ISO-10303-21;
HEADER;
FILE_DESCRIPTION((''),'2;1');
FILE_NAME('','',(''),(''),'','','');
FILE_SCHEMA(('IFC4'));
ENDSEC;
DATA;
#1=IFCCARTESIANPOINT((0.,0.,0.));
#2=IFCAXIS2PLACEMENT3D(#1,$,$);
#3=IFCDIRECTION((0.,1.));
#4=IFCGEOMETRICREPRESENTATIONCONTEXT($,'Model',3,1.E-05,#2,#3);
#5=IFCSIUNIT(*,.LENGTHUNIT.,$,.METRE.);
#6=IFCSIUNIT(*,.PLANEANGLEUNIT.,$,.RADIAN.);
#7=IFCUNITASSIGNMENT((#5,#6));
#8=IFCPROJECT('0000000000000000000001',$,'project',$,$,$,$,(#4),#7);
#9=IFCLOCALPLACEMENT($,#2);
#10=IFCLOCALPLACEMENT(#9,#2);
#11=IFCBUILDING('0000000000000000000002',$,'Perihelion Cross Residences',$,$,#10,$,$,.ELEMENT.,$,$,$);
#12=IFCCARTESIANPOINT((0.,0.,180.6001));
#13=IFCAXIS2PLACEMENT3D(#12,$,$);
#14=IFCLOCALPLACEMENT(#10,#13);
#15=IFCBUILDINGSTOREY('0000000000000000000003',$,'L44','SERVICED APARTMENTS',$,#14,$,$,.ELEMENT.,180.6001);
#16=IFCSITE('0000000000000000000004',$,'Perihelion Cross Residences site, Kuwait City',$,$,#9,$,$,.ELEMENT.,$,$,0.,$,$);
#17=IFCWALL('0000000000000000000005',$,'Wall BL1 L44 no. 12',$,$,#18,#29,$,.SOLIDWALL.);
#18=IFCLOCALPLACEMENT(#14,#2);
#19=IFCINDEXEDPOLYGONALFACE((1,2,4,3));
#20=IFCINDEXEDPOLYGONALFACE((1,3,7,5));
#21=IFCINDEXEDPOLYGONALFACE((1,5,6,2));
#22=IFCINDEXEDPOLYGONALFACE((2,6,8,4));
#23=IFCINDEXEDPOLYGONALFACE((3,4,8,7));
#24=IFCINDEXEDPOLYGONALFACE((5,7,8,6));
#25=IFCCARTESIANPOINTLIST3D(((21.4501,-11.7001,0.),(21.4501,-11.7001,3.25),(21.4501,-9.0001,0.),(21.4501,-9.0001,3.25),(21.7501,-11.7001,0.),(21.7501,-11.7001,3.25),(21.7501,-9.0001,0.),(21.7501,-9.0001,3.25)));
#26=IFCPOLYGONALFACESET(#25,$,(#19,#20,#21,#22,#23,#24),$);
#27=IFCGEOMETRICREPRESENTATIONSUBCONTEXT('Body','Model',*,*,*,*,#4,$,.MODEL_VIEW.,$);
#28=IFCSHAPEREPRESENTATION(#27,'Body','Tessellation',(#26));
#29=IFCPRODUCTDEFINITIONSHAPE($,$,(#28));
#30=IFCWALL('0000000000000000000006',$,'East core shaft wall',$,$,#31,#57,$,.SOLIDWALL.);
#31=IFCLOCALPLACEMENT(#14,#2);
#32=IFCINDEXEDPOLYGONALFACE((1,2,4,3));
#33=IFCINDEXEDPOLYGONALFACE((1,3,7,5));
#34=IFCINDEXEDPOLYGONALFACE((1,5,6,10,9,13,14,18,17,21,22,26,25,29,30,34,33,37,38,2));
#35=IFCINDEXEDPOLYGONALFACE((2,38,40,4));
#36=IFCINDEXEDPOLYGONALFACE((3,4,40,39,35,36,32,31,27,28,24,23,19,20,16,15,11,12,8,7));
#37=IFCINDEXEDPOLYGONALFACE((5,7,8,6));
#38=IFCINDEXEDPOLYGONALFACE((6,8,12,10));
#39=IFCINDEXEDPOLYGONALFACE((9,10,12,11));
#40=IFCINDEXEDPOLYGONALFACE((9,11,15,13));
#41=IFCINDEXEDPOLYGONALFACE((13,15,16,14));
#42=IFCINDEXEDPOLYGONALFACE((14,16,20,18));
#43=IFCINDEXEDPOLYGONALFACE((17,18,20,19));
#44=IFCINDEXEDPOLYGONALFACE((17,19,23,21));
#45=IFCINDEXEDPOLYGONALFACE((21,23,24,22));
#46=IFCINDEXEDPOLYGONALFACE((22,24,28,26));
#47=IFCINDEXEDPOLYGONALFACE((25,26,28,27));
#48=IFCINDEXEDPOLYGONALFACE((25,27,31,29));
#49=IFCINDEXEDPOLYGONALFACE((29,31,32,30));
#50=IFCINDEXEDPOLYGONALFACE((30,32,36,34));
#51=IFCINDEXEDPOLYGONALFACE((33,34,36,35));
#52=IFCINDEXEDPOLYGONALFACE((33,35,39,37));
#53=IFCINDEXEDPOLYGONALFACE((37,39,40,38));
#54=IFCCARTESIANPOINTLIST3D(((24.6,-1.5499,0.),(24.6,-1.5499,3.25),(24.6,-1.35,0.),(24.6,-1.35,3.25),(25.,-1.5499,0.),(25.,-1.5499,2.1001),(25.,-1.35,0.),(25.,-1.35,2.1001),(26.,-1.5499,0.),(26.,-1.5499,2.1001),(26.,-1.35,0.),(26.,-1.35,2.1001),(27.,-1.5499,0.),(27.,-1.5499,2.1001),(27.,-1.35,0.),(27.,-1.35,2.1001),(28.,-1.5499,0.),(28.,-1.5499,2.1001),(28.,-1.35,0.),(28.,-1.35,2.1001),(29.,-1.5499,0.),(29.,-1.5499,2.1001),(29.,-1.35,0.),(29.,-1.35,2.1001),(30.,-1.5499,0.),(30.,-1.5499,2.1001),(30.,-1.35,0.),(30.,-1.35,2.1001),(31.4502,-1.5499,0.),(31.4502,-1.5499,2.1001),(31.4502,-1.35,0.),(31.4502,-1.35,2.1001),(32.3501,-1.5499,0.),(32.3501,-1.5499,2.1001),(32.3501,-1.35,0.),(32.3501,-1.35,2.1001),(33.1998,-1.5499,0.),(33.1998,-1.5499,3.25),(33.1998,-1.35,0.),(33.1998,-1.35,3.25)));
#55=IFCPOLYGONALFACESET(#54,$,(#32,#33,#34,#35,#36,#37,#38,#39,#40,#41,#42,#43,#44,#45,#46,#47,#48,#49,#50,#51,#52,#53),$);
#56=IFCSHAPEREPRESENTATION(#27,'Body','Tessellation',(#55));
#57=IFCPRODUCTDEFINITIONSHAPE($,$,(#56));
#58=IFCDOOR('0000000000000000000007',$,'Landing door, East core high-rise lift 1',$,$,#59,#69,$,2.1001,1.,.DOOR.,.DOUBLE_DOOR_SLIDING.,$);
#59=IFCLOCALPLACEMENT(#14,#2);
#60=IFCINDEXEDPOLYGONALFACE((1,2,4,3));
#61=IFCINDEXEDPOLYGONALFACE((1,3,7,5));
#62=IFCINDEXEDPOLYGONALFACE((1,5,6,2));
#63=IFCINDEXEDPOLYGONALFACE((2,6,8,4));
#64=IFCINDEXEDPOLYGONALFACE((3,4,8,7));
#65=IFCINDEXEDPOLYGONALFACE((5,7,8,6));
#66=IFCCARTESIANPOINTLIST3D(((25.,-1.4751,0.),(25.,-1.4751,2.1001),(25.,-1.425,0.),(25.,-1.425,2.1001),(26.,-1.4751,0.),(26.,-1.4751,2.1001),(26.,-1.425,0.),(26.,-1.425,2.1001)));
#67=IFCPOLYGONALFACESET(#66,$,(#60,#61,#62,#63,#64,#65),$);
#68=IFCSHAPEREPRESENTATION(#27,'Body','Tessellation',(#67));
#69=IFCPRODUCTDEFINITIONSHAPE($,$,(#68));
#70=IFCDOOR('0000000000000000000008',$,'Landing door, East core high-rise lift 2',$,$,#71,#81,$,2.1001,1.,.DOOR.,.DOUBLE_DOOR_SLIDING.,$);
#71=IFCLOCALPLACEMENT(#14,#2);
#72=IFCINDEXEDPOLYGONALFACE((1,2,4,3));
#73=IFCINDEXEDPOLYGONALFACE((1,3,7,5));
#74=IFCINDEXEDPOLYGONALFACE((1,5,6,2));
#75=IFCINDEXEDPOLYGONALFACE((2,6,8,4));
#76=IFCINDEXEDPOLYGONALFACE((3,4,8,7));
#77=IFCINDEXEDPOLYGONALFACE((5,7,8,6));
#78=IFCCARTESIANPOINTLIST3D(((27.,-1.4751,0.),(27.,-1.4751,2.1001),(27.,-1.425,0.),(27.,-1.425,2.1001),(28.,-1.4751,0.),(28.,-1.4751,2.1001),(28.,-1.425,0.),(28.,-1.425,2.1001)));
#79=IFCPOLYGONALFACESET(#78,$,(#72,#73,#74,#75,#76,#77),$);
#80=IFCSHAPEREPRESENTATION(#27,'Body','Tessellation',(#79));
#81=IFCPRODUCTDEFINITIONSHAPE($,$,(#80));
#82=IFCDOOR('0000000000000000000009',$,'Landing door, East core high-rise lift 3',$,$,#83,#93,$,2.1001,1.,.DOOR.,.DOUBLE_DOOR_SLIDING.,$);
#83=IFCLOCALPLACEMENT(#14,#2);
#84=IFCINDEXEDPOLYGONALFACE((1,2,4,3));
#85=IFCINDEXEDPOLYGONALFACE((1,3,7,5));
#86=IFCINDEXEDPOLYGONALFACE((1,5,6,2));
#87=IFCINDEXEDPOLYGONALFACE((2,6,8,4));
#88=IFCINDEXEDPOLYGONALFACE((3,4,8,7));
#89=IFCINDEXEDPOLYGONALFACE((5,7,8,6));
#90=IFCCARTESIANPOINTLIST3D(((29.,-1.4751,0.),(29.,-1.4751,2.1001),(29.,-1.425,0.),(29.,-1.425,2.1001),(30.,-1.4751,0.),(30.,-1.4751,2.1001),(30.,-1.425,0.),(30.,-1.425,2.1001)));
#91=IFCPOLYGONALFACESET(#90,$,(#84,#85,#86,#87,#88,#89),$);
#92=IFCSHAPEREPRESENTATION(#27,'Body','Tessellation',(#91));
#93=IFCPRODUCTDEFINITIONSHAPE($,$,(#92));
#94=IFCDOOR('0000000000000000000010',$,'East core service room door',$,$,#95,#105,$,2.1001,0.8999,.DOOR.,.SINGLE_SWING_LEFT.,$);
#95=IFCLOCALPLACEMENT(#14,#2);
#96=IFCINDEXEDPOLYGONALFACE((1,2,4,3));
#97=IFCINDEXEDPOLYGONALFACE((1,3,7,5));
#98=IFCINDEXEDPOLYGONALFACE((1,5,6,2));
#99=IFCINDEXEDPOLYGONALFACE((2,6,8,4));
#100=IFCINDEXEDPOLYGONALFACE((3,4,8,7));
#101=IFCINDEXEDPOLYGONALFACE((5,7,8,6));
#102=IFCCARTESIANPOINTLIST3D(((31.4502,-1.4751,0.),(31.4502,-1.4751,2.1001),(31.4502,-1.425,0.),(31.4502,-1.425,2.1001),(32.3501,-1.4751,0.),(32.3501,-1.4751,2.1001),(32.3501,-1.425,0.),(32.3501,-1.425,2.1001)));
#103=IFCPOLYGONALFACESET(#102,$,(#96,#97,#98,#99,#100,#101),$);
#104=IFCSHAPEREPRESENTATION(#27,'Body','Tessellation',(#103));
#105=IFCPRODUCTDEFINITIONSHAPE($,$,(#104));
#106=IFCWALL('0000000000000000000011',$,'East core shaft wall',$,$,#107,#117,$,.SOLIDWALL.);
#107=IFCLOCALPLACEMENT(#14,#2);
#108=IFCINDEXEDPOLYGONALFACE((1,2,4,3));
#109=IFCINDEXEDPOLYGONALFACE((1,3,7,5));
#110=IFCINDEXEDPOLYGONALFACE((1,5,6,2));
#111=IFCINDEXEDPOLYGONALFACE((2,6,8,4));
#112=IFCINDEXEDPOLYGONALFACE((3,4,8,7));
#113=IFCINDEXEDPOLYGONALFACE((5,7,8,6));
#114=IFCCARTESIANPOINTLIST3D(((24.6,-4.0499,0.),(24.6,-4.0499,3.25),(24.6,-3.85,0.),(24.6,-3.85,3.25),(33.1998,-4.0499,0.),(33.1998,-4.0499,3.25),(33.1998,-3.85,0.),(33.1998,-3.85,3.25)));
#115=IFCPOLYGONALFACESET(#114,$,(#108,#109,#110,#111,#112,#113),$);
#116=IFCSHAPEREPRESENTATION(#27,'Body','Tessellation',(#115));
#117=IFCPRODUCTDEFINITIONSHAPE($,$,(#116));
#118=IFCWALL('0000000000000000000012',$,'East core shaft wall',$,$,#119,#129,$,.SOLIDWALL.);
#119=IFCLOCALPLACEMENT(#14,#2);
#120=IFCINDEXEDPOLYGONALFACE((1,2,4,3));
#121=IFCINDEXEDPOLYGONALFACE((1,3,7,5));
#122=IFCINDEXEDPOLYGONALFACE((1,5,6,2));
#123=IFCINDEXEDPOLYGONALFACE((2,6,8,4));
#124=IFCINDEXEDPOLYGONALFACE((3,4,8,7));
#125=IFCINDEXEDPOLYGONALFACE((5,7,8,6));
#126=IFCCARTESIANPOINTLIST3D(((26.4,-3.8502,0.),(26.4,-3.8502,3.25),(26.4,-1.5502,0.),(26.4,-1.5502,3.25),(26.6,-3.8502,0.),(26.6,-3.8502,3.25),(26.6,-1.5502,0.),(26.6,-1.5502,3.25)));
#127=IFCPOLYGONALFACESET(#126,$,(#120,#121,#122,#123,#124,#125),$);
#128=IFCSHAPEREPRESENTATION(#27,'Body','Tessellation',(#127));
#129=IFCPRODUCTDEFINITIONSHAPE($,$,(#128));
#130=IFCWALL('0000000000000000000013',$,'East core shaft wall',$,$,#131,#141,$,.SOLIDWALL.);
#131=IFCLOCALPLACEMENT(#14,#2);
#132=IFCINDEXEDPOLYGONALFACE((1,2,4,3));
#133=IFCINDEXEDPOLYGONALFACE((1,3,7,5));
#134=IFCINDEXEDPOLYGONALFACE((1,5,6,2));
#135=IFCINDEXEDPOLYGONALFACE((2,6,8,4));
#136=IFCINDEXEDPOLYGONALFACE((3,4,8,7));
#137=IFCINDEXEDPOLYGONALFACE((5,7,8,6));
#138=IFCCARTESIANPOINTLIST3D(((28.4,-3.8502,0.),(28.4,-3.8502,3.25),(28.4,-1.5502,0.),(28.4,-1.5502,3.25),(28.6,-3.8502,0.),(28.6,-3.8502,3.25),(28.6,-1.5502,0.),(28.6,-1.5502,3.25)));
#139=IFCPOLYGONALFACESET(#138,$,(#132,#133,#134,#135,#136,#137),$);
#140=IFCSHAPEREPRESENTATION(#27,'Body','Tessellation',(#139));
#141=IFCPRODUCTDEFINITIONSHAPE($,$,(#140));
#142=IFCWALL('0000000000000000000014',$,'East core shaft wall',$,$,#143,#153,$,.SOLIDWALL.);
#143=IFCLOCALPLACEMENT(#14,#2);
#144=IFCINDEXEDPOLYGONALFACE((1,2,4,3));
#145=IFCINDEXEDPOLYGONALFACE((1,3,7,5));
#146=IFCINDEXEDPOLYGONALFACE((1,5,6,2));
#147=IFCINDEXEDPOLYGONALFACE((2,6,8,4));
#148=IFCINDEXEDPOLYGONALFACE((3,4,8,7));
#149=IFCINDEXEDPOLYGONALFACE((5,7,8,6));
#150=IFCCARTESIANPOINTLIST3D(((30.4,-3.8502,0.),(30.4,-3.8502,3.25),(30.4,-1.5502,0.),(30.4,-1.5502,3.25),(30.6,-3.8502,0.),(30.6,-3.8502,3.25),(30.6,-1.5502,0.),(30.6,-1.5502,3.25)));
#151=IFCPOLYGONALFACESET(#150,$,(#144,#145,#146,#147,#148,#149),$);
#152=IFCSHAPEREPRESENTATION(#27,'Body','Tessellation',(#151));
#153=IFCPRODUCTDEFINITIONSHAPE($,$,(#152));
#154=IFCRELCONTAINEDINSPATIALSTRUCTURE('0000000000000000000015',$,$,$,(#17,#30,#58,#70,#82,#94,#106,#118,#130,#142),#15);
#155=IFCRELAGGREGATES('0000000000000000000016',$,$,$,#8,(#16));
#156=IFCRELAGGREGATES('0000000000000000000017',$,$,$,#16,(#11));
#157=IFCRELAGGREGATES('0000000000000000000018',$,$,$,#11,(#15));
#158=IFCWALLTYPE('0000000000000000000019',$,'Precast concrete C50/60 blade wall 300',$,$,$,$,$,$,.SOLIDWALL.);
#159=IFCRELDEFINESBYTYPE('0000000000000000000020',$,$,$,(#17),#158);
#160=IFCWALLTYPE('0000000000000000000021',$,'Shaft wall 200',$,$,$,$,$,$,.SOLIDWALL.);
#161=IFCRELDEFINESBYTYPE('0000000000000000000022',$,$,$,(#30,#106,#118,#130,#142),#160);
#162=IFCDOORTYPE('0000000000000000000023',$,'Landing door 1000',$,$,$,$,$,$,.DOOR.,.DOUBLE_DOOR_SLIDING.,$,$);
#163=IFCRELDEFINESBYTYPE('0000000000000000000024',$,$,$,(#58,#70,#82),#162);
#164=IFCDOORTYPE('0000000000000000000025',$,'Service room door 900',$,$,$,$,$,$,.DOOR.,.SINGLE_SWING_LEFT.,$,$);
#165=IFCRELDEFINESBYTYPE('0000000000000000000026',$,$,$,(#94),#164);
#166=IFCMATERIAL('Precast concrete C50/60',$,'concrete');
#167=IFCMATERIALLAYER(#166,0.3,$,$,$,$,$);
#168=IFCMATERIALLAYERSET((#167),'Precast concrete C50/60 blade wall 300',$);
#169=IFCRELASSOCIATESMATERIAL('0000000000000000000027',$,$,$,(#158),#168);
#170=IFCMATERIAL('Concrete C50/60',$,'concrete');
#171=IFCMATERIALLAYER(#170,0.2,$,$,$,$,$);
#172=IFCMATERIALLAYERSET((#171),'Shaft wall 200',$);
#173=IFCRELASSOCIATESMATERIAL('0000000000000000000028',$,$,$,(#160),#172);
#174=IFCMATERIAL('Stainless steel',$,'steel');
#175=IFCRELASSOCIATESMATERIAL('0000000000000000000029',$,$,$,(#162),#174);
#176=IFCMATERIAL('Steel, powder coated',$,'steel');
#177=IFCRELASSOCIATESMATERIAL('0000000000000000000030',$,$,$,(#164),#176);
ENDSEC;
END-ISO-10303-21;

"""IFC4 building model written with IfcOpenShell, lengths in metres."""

from ifc_helpers import new_model, si_unit, direction, frame, frame_2d, origin, place, context, subcontext, project, spatial, rectangle, extrude, material, layer, layer_set, type_object, element, fill, save


model = new_model("IFC4")

# Units and contexts
model_context = context("Model", 3, precision=1e-05, world=origin(), true_north=direction((0.0, 1.0)))
body_context = subcontext(model_context, "Body", "Model", "MODEL_VIEW")
ifc_project = project(units=[si_unit("LENGTHUNIT", "METRE"), si_unit("PLANEANGLEUNIT", "RADIAN")], contexts=[model_context])

# Site, building, storey
site_placement = place(None, origin())
site = spatial("IfcSite", under=ifc_project, at=site_placement, Name="Perihelion Cross Residences site, Kuwait City", CompositionType="ELEMENT", RefElevation=0.0)
building_placement = place(site_placement, origin())
building = spatial("IfcBuilding", under=site, at=building_placement, Name="Perihelion Cross Residences", CompositionType="ELEMENT")
storey_placement = place(building_placement, frame((0.0, 0.0, 180.6001)))
storey = spatial("IfcBuildingStorey", under=building, at=storey_placement, Name="L44", Description="SERVICED APARTMENTS", CompositionType="ELEMENT", Elevation=180.6001)

# Wall
ifc_material_1 = material(Name="Precast concrete C50/60", Category="concrete")
ifc_layer_1 = layer(ifc_material_1, 0.3)
ifc_layer_set_1 = layer_set([ifc_layer_1], Name="Precast concrete C50/60 blade wall 300")
wall_type_1 = type_object("IfcWallType", Name="Precast concrete C50/60 blade wall 300", PredefinedType="SOLIDWALL", material=ifc_layer_set_1)
wall_1_placement = place(storey_placement, frame((21.6001, -9.0, 0.0), z_axis=(0.0, 0.0, 1.0), x_axis=(0.0, -1.0, 0.0)))
element("IfcWall", 1, at=wall_1_placement, inside=storey, type_object=wall_type_1, Name="Wall BL1 L44 no. 12", PredefinedType="SOLIDWALL", context=body_context, shape_type="SweptSolid", body=[
    extrude(rectangle(XDim=2.7, YDim=0.3, at=frame_2d((1.3501, 0.0))), origin(), (0.0, 0.0, 1.0), 3.25),
])

# Wall, openings, doors
ifc_material_2 = material(Name="Concrete C50/60", Category="concrete")
ifc_layer_2 = layer(ifc_material_2, 0.2)
ifc_layer_set_2 = layer_set([ifc_layer_2], Name="Shaft wall 200")
wall_type_2 = type_object("IfcWallType", Name="Shaft wall 200", PredefinedType="SOLIDWALL", material=ifc_layer_set_2)
wall_2_placement = place(storey_placement, frame((24.6001, -1.45, 0.0), z_axis=(0.0, 0.0, 1.0), x_axis=(1.0, 0.0, 0.0)))
wall_2 = element("IfcWall", 2, at=wall_2_placement, inside=storey, type_object=wall_type_2, Name="East core shaft wall", PredefinedType="SOLIDWALL", context=body_context, shape_type="SweptSolid", body=[
    extrude(rectangle(XDim=8.5999, YDim=0.2, at=frame_2d((4.2998, 0.0))), origin(), (0.0, 0.0, 1.0), 3.25),
])
opening_1_placement = place(wall_2_placement, frame((0.3999, 0.0, 0.0)))
opening_1 = element("IfcOpeningElement", 3, at=opening_1_placement, cuts=wall_2, PredefinedType="OPENING", context=body_context, shape_type="SweptSolid", body=[
    extrude(rectangle(XDim=1.0, YDim=2.1001, at=frame_2d((0.5, 1.05))), frame((0.0, 0.1099, 0.0), z_axis=(0.0, -1.0, 0.0), x_axis=(1.0, 0.0, 0.0)), (0.0, 0.0, 1.0), 0.22),
])
opening_2_placement = place(wall_2_placement, frame((2.3999, 0.0, 0.0)))
opening_2 = element("IfcOpeningElement", 4, at=opening_2_placement, cuts=wall_2, PredefinedType="OPENING", context=body_context, shape_type="SweptSolid", body=[
    extrude(rectangle(XDim=1.0, YDim=2.1001, at=frame_2d((0.5, 1.05))), frame((0.0, 0.1099, 0.0), z_axis=(0.0, -1.0, 0.0), x_axis=(1.0, 0.0, 0.0)), (0.0, 0.0, 1.0), 0.22),
])
opening_3_placement = place(wall_2_placement, frame((4.3999, 0.0, 0.0)))
opening_3 = element("IfcOpeningElement", 5, at=opening_3_placement, cuts=wall_2, PredefinedType="OPENING", context=body_context, shape_type="SweptSolid", body=[
    extrude(rectangle(XDim=1.0, YDim=2.1001, at=frame_2d((0.5, 1.05))), frame((0.0, 0.1099, 0.0), z_axis=(0.0, -1.0, 0.0), x_axis=(1.0, 0.0, 0.0)), (0.0, 0.0, 1.0), 0.22),
])
opening_4_placement = place(wall_2_placement, frame((6.8501, 0.0, 0.0)))
opening_4 = element("IfcOpeningElement", 6, at=opening_4_placement, cuts=wall_2, PredefinedType="OPENING", context=body_context, shape_type="SweptSolid", body=[
    extrude(rectangle(XDim=0.8999, YDim=2.1001, at=frame_2d((0.45, 1.05))), frame((0.0, 0.1099, 0.0), z_axis=(0.0, -1.0, 0.0), x_axis=(1.0, 0.0, 0.0)), (0.0, 0.0, 1.0), 0.22),
])
ifc_material_3 = material(Name="Stainless steel", Category="steel")
door_type_1 = type_object("IfcDoorType", Name="Landing door 1000", OperationType="DOUBLE_DOOR_SLIDING", PredefinedType="DOOR", material=ifc_material_3)
door_1_placement = place(opening_1_placement, origin())
door_1 = element("IfcDoor", 7, at=door_1_placement, inside=storey, type_object=door_type_1, Name="Landing door, East core high-rise lift 1", OperationType="DOUBLE_DOOR_SLIDING", OverallHeight=2.1001, OverallWidth=1.0, PredefinedType="DOOR", context=body_context, shape_type="SweptSolid", body=[
    extrude(rectangle(XDim=1.0, YDim=2.1001, at=frame_2d((0.5, 1.05))), frame((0.0, 0.0249, 0.0), z_axis=(0.0, -1.0, 0.0), x_axis=(1.0, 0.0, 0.0)), (0.0, 0.0, 1.0), 0.05),
])
fill(opening_1, door_1)
door_2_placement = place(opening_2_placement, origin())
door_2 = element("IfcDoor", 8, at=door_2_placement, inside=storey, type_object=door_type_1, Name="Landing door, East core high-rise lift 2", OperationType="DOUBLE_DOOR_SLIDING", OverallHeight=2.1001, OverallWidth=1.0, PredefinedType="DOOR", context=body_context, shape_type="SweptSolid", body=[
    extrude(rectangle(XDim=1.0, YDim=2.1001, at=frame_2d((0.5, 1.05))), frame((0.0, 0.0249, 0.0), z_axis=(0.0, -1.0, 0.0), x_axis=(1.0, 0.0, 0.0)), (0.0, 0.0, 1.0), 0.05),
])
fill(opening_2, door_2)
door_3_placement = place(opening_3_placement, origin())
door_3 = element("IfcDoor", 9, at=door_3_placement, inside=storey, type_object=door_type_1, Name="Landing door, East core high-rise lift 3", OperationType="DOUBLE_DOOR_SLIDING", OverallHeight=2.1001, OverallWidth=1.0, PredefinedType="DOOR", context=body_context, shape_type="SweptSolid", body=[
    extrude(rectangle(XDim=1.0, YDim=2.1001, at=frame_2d((0.5, 1.05))), frame((0.0, 0.0249, 0.0), z_axis=(0.0, -1.0, 0.0), x_axis=(1.0, 0.0, 0.0)), (0.0, 0.0, 1.0), 0.05),
])
fill(opening_3, door_3)
ifc_material_4 = material(Name="Steel, powder coated", Category="steel")
door_type_2 = type_object("IfcDoorType", Name="Service room door 900", OperationType="SINGLE_SWING_LEFT", PredefinedType="DOOR", material=ifc_material_4)
door_4_placement = place(opening_4_placement, origin())
door_4 = element("IfcDoor", 10, at=door_4_placement, inside=storey, type_object=door_type_2, Name="East core service room door", OperationType="SINGLE_SWING_LEFT", OverallHeight=2.1001, OverallWidth=0.8999, PredefinedType="DOOR", context=body_context, shape_type="SweptSolid", body=[
    extrude(rectangle(XDim=0.8999, YDim=2.1001, at=frame_2d((0.45, 1.05))), frame((0.0, 0.0249, 0.0), z_axis=(0.0, -1.0, 0.0), x_axis=(1.0, 0.0, 0.0)), (0.0, 0.0, 1.0), 0.05),
])
fill(opening_4, door_4)

# Walls
wall_3_placement = place(storey_placement, frame((24.6001, -3.95, 0.0), z_axis=(0.0, 0.0, 1.0), x_axis=(1.0, 0.0, 0.0)))
element("IfcWall", 11, at=wall_3_placement, inside=storey, type_object=wall_type_2, Name="East core shaft wall", PredefinedType="SOLIDWALL", context=body_context, shape_type="SweptSolid", body=[
    extrude(rectangle(XDim=8.5999, YDim=0.2, at=frame_2d((4.2998, 0.0))), origin(), (0.0, 0.0, 1.0), 3.25),
])
for number, where, z_axis, x_axis, name in (
    (12, (26.5, -3.8501, 0.0), (0.0, 0.0, 1.0), (0.0, 1.0, 0.0), "East core shaft wall"),
    (13, (28.5, -3.8501, 0.0), (0.0, 0.0, 1.0), (0.0, 1.0, 0.0), "East core shaft wall"),
    (14, (30.5, -3.8501, 0.0), (0.0, 0.0, 1.0), (0.0, 1.0, 0.0), "East core shaft wall"),
):
    element("IfcWall", number, at=place(storey_placement, frame(where, z_axis=z_axis, x_axis=x_axis)), inside=storey, type_object=wall_type_2, Name=name, PredefinedType="SOLIDWALL", context=body_context, shape_type="SweptSolid", body=[
        extrude(rectangle(XDim=2.3, YDim=0.2, at=frame_2d((1.1499, 0.0))), origin(), (0.0, 0.0, 1.0), 3.25),
    ])

save(model, "model.ifc")
